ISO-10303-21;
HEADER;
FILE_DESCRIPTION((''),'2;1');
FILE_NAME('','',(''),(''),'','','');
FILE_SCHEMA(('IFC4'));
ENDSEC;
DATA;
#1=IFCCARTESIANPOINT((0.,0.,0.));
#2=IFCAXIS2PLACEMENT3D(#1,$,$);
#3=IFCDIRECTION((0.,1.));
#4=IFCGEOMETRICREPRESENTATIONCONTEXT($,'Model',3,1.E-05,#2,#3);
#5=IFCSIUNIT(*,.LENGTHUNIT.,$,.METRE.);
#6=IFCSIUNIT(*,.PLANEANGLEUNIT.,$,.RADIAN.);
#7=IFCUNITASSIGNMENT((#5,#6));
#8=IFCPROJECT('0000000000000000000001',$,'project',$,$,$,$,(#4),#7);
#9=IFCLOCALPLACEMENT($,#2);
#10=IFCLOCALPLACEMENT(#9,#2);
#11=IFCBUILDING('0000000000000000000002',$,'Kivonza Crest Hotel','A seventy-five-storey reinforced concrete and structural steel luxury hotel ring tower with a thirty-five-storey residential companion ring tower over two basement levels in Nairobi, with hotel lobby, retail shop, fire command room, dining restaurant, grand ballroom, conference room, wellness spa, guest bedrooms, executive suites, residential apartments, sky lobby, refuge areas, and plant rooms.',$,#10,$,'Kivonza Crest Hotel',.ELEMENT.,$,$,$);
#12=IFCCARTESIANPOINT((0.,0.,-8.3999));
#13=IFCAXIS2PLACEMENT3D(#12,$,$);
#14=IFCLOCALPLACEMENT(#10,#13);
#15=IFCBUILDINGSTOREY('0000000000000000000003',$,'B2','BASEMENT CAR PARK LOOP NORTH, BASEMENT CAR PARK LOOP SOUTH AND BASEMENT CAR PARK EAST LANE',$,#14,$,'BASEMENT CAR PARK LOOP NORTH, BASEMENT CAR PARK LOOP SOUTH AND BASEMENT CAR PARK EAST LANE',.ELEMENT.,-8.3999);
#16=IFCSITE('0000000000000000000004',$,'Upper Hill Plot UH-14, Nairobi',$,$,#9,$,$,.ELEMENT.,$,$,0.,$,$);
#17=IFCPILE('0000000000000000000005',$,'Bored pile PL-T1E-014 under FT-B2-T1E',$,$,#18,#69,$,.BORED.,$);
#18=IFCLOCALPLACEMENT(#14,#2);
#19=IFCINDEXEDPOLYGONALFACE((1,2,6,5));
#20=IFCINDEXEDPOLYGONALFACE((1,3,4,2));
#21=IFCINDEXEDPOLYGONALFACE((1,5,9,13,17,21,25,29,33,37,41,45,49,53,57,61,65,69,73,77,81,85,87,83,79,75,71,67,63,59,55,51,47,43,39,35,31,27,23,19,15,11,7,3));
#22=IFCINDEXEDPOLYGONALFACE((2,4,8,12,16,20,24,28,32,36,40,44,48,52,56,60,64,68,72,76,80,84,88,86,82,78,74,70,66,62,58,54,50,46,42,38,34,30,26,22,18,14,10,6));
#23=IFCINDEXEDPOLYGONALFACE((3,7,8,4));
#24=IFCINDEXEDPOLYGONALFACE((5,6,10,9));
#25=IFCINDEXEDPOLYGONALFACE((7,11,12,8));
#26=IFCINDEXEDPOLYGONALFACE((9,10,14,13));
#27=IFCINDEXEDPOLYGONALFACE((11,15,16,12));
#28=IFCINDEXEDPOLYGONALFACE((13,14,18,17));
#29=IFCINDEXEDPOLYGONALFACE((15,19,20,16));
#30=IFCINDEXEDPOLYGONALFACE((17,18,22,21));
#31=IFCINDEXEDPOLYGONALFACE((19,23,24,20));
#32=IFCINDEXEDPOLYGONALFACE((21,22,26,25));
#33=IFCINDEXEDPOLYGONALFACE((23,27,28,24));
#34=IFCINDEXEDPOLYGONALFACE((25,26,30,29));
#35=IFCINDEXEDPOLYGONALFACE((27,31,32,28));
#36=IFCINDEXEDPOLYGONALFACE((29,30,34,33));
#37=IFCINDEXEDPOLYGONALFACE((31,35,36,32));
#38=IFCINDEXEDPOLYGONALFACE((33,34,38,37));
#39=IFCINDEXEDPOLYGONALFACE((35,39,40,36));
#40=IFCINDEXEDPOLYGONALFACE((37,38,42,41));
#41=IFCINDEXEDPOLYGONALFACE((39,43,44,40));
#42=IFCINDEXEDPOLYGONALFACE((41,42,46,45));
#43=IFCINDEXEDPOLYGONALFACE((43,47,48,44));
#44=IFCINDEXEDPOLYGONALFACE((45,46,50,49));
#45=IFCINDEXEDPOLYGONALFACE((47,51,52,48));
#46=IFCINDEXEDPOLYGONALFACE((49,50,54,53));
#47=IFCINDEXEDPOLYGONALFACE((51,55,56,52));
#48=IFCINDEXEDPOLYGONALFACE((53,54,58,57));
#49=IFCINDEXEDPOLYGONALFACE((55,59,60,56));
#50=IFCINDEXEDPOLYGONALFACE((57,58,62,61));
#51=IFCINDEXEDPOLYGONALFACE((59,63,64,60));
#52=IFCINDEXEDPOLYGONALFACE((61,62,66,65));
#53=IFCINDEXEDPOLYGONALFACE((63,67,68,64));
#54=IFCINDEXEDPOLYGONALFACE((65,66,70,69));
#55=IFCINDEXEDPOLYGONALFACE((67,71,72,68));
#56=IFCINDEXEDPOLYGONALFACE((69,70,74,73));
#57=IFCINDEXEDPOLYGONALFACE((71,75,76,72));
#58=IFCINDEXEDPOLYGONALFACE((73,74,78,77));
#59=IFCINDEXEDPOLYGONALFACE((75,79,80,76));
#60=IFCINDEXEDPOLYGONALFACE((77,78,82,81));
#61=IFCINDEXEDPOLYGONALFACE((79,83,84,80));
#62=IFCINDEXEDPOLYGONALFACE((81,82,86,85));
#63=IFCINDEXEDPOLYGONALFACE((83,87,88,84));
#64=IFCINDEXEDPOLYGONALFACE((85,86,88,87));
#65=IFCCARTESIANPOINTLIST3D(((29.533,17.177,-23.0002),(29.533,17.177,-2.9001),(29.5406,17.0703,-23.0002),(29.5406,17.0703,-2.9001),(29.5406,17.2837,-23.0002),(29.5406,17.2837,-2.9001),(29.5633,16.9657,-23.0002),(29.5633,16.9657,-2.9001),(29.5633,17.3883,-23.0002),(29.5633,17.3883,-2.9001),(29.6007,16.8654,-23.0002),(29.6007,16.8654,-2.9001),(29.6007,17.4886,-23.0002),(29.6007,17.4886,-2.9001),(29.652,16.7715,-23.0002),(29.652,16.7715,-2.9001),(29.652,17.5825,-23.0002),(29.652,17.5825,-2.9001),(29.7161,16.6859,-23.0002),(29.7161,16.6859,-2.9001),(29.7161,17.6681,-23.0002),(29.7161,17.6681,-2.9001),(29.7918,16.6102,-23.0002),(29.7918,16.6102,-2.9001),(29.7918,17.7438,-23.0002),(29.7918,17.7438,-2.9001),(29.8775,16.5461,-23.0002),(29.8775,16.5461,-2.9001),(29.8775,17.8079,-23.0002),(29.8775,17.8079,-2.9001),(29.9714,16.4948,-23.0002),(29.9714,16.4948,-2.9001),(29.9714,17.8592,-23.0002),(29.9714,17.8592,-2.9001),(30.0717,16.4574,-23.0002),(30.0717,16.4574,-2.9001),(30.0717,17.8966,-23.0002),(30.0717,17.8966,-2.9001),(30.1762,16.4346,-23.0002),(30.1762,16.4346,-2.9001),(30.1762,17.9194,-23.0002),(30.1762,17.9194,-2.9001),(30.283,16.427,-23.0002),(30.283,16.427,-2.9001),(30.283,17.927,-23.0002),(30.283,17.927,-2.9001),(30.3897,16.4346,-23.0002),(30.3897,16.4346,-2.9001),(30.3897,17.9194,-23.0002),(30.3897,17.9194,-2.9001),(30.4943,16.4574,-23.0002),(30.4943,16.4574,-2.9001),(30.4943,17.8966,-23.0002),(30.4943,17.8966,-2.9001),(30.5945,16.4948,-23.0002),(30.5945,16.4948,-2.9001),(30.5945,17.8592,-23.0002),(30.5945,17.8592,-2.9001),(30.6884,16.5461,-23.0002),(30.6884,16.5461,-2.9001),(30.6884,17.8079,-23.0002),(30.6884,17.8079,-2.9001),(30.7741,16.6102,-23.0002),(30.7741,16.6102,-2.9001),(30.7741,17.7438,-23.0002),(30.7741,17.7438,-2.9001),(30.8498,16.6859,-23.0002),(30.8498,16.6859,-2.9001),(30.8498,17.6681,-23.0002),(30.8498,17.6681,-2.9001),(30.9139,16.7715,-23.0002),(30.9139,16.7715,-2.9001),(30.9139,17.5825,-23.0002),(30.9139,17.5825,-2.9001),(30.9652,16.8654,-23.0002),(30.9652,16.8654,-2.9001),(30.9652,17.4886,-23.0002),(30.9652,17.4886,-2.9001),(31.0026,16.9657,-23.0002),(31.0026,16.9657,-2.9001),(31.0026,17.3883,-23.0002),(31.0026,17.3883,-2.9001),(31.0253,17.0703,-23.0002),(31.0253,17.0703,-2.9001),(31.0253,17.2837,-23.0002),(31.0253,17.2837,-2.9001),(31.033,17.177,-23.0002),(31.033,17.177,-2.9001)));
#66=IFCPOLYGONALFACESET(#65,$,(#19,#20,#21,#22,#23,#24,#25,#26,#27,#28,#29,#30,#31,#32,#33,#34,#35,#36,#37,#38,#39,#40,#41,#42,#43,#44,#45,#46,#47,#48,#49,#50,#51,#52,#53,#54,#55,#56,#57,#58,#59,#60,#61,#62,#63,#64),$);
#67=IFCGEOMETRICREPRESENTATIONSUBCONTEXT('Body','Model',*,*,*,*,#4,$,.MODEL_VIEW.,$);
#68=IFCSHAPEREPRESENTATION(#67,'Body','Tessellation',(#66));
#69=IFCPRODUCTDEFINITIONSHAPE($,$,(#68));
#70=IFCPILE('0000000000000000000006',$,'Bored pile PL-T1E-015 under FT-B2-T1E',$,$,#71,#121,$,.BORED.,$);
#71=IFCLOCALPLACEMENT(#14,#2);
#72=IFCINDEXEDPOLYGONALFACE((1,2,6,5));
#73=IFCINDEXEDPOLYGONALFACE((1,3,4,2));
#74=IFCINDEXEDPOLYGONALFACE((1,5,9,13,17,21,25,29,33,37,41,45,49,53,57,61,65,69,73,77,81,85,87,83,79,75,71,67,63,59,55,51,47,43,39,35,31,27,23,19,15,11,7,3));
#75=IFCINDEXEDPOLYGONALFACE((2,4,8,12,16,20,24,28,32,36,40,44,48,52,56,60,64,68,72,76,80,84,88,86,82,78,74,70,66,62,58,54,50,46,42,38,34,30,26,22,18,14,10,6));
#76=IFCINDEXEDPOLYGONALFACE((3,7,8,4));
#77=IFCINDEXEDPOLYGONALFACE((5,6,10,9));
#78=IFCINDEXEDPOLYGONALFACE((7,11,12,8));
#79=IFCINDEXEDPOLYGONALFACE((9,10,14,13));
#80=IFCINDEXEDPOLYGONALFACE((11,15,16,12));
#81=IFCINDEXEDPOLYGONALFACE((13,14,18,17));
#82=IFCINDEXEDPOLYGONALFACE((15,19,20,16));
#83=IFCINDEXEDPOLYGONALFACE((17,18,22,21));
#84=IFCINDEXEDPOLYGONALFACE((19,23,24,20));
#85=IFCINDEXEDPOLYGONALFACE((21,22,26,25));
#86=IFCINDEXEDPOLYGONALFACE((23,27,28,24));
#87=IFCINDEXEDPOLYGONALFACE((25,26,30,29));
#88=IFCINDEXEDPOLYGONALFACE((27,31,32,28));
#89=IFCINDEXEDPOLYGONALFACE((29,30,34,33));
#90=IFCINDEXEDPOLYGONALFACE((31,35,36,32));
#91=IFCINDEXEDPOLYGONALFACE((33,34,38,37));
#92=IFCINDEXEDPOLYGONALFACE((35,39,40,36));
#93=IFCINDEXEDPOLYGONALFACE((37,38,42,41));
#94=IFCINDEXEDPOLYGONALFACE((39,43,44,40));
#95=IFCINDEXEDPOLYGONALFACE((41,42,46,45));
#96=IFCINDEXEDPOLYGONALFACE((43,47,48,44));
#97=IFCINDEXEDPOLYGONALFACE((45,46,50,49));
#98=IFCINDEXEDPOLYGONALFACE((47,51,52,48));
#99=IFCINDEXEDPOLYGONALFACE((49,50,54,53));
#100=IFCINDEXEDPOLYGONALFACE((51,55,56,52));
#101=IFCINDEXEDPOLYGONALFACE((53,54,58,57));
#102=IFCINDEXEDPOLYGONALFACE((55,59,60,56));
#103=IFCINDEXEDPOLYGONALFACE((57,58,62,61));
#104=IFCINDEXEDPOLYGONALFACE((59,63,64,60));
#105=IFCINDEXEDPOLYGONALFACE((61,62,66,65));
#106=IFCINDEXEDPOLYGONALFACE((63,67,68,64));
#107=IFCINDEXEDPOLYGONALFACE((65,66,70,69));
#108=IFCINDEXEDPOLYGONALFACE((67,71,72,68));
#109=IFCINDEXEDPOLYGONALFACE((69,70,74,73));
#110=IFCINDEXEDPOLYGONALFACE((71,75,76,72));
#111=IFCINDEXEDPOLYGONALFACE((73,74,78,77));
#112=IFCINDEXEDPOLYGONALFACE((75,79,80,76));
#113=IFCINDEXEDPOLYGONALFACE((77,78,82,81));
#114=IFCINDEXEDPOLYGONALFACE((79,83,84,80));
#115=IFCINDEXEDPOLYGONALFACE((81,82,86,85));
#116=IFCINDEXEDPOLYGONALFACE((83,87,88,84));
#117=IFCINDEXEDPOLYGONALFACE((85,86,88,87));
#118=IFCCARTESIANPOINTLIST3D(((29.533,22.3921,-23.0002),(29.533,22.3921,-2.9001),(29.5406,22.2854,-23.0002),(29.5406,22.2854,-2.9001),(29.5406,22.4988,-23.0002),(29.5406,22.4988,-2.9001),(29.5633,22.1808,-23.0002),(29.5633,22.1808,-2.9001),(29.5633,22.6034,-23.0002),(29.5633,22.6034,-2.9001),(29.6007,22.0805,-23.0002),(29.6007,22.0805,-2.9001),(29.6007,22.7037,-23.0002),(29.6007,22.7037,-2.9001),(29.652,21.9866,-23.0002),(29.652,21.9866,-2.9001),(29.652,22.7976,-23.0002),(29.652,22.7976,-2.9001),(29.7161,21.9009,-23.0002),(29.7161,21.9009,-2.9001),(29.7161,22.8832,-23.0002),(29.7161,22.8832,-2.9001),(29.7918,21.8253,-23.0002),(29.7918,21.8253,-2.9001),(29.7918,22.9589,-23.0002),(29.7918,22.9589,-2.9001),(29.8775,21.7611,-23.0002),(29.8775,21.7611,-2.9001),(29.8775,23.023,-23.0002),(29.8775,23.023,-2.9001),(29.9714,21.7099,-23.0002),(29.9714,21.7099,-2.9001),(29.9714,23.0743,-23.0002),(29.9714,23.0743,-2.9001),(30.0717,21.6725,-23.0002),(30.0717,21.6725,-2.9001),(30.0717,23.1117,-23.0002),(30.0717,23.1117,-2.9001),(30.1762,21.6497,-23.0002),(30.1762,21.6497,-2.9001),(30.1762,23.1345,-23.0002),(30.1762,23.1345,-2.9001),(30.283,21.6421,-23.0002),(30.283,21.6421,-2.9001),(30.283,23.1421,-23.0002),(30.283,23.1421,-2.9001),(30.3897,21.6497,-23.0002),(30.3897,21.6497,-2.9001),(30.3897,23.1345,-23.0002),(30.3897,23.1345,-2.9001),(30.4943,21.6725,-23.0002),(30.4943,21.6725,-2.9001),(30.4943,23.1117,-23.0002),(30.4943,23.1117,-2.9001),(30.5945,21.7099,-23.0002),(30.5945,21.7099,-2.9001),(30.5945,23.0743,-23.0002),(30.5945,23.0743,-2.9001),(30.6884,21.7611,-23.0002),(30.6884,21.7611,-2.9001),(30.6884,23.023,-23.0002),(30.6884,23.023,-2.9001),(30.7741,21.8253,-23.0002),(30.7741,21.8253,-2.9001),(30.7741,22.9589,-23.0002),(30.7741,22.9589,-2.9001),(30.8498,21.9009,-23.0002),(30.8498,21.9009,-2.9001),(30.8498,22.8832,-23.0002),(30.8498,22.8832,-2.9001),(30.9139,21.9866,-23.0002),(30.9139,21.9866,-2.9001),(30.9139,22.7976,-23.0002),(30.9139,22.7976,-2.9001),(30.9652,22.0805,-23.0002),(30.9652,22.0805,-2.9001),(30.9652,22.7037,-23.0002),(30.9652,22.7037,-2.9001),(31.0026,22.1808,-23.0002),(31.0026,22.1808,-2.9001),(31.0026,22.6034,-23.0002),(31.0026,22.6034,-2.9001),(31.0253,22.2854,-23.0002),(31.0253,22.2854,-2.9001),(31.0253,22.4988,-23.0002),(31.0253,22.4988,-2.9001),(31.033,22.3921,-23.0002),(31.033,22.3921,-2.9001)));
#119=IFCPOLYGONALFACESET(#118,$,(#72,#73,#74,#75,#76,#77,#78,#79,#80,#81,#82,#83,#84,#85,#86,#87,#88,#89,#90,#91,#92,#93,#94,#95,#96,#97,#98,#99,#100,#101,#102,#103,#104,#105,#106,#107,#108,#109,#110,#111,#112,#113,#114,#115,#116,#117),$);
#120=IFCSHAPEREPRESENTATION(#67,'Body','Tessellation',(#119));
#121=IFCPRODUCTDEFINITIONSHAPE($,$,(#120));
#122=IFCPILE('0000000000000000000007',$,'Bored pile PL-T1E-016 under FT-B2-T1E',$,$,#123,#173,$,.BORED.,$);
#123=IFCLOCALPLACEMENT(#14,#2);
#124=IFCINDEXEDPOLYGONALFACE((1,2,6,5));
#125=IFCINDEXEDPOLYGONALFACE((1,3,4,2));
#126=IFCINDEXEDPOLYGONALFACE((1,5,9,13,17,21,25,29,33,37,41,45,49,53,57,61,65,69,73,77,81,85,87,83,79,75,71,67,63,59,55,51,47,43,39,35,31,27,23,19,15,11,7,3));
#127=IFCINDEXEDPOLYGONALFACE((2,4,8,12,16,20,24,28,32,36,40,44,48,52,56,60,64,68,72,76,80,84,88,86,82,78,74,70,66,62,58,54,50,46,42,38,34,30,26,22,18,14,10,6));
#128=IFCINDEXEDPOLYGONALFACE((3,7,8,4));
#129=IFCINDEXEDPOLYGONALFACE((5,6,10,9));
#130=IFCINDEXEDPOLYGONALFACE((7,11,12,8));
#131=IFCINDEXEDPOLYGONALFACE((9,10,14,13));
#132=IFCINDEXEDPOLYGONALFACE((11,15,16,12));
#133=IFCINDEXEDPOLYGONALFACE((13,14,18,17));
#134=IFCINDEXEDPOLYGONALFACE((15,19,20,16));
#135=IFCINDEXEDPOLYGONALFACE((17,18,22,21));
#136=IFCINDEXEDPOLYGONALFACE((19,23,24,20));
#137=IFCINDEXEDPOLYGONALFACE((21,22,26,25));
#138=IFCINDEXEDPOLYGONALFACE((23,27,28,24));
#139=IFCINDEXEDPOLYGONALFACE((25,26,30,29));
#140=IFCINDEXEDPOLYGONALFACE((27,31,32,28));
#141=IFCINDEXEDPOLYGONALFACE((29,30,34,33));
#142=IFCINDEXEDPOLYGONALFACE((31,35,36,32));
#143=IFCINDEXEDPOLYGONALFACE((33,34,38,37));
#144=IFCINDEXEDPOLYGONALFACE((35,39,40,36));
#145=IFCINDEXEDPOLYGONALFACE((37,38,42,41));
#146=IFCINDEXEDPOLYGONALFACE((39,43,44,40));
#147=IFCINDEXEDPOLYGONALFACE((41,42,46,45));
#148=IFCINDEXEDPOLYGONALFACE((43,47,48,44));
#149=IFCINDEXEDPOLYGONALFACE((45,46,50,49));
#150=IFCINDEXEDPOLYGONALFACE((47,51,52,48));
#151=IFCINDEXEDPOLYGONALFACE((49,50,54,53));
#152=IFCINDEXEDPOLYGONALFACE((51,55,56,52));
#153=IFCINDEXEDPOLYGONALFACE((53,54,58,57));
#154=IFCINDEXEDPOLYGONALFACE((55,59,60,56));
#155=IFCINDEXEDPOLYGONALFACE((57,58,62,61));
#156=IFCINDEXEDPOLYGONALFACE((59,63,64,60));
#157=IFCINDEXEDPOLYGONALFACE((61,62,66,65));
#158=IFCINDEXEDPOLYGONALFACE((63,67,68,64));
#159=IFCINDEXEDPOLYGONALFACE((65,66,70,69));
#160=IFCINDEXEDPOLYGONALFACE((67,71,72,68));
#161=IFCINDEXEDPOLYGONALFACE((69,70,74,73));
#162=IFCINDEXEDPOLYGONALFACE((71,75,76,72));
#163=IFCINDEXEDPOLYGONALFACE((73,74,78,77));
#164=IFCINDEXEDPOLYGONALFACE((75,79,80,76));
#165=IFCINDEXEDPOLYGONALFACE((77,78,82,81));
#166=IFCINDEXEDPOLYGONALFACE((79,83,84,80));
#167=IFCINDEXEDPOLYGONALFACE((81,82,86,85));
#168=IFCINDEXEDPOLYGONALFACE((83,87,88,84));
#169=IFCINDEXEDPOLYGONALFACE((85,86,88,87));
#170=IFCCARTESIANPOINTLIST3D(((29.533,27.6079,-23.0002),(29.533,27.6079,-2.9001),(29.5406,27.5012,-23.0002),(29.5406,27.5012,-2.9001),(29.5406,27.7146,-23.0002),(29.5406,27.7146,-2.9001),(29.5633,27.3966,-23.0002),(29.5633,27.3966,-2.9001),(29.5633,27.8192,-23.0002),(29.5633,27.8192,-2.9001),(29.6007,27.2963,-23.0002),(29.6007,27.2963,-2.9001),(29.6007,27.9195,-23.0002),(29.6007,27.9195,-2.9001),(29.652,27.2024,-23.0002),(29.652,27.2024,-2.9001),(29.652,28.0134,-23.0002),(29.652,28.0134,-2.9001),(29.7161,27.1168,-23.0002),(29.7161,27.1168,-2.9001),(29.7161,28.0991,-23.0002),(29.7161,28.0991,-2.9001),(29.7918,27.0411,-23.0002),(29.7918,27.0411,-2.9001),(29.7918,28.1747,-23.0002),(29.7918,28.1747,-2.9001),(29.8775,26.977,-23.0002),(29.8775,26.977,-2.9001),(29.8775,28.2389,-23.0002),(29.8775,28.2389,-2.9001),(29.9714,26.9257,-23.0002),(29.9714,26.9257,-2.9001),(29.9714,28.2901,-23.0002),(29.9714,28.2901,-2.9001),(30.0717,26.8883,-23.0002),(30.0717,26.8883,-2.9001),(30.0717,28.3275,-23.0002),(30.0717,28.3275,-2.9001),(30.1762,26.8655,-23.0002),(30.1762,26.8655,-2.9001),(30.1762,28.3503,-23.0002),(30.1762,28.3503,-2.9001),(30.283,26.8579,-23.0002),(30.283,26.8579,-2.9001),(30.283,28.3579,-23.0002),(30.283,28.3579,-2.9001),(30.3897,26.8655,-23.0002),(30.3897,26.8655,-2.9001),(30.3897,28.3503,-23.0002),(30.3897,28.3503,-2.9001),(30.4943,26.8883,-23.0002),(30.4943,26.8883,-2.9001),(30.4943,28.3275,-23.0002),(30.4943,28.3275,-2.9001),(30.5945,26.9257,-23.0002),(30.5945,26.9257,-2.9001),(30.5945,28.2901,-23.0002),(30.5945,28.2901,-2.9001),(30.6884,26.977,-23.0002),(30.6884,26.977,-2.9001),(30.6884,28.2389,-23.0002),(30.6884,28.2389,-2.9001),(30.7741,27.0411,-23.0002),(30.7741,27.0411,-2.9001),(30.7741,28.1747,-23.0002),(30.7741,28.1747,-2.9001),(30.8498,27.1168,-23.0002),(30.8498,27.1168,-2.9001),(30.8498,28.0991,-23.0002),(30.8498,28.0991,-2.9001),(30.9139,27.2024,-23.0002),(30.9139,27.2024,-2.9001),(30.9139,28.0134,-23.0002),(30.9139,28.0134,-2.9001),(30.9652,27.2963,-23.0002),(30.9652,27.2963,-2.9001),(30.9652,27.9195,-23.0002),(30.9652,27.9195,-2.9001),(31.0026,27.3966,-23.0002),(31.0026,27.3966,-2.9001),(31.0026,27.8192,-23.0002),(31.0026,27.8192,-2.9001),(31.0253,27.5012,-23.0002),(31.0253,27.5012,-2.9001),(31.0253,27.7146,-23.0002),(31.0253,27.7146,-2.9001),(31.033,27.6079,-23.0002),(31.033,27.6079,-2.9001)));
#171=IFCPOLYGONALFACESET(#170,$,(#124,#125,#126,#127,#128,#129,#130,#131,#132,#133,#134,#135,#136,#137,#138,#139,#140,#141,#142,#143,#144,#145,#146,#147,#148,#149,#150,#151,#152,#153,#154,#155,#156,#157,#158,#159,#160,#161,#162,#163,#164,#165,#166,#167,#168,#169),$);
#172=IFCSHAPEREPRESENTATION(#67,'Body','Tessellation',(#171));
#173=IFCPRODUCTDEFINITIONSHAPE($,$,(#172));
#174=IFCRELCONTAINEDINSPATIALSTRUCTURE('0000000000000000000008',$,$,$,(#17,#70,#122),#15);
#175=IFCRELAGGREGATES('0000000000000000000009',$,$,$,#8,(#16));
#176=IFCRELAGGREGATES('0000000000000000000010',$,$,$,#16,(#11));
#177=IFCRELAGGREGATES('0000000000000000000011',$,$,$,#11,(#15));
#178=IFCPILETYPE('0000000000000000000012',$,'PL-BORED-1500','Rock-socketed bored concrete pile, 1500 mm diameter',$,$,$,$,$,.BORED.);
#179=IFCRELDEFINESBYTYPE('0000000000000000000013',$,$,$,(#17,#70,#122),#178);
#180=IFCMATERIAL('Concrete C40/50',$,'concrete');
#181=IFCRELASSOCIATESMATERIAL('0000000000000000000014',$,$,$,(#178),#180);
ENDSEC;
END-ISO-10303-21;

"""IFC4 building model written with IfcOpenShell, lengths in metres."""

from ifc_helpers import new_model, si_unit, direction, frame, origin, origin_2d, place, context, subcontext, project, spatial, circle, extrude, material, material_profile, profile_set, type_object, element, save


model = new_model("IFC4")

# Units and contexts
model_context = context("Model", 3, precision=1e-05, world=origin(), true_north=direction((0.0, 1.0)))
body_context = subcontext(model_context, "Body", "Model", "MODEL_VIEW")
ifc_project = project(units=[si_unit("LENGTHUNIT", "METRE"), si_unit("PLANEANGLEUNIT", "RADIAN")], contexts=[model_context])

# Site, building, storey
site_placement = place(None, origin())
site = spatial("IfcSite", under=ifc_project, at=site_placement, Name="Upper Hill Plot UH-14, Nairobi", CompositionType="ELEMENT", RefElevation=0.0)
building_placement = place(site_placement, origin())
building = spatial("IfcBuilding", under=site, at=building_placement, Name="Kivonza Crest Hotel", Description="A seventy-five-storey reinforced concrete and structural steel luxury hotel ring tower with a thirty-five-storey residential companion ring tower over two basement levels in Nairobi, with hotel lobby, retail shop, fire command room, dining restaurant, grand ballroom, conference room, wellness spa, guest bedrooms, executive suites, residential apartments, sky lobby, refuge areas, and plant rooms.", LongName="Kivonza Crest Hotel", CompositionType="ELEMENT")
storey_placement = place(building_placement, frame((0.0, 0.0, -8.3999)))
storey = spatial("IfcBuildingStorey", under=building, at=storey_placement, Name="B2", Description="BASEMENT CAR PARK LOOP NORTH, BASEMENT CAR PARK LOOP SOUTH AND BASEMENT CAR PARK EAST LANE", LongName="BASEMENT CAR PARK LOOP NORTH, BASEMENT CAR PARK LOOP SOUTH AND BASEMENT CAR PARK EAST LANE", CompositionType="ELEMENT", Elevation=-8.3999)

# Piles
ifc_material_1 = material(Name="Concrete C40/50", Category="concrete")
ifc_material_profile_1 = material_profile(ifc_material_1, circle(Radius=0.75, at=origin_2d()), Name="PILE D1500")
ifc_profile_set_1 = profile_set([ifc_material_profile_1], Name="Concrete C40/50")
pile_type = type_object("IfcPileType", Name="PL-BORED-1500", Description="Rock-socketed bored concrete pile, 1500 mm diameter", PredefinedType="BORED", material=ifc_profile_set_1)
for number, where, z_axis, x_axis, name in (
    (1, (30.283, 17.177, -2.9001), (0.0, 0.0, -1.0), (1.0, 0.0, 0.0), "Bored pile PL-T1E-014 under FT-B2-T1E"),
    (2, (30.283, 22.3921, -2.9001), (0.0, 0.0, -1.0), (1.0, 0.0, 0.0), "Bored pile PL-T1E-015 under FT-B2-T1E"),
    (3, (30.283, 27.6079, -2.9001), (0.0, 0.0, -1.0), (1.0, 0.0, 0.0), "Bored pile PL-T1E-016 under FT-B2-T1E"),
):
    element("IfcPile", number, at=place(storey_placement, frame(where, z_axis=z_axis, x_axis=x_axis)), inside=storey, type_object=pile_type, Name=name, PredefinedType="BORED", context=body_context, shape_type="SweptSolid", body=[
        extrude(circle(Radius=0.75, at=origin_2d()), origin(), (0.0, 0.0, 1.0), 20.1001),
    ])

save(model, "model.ifc")
